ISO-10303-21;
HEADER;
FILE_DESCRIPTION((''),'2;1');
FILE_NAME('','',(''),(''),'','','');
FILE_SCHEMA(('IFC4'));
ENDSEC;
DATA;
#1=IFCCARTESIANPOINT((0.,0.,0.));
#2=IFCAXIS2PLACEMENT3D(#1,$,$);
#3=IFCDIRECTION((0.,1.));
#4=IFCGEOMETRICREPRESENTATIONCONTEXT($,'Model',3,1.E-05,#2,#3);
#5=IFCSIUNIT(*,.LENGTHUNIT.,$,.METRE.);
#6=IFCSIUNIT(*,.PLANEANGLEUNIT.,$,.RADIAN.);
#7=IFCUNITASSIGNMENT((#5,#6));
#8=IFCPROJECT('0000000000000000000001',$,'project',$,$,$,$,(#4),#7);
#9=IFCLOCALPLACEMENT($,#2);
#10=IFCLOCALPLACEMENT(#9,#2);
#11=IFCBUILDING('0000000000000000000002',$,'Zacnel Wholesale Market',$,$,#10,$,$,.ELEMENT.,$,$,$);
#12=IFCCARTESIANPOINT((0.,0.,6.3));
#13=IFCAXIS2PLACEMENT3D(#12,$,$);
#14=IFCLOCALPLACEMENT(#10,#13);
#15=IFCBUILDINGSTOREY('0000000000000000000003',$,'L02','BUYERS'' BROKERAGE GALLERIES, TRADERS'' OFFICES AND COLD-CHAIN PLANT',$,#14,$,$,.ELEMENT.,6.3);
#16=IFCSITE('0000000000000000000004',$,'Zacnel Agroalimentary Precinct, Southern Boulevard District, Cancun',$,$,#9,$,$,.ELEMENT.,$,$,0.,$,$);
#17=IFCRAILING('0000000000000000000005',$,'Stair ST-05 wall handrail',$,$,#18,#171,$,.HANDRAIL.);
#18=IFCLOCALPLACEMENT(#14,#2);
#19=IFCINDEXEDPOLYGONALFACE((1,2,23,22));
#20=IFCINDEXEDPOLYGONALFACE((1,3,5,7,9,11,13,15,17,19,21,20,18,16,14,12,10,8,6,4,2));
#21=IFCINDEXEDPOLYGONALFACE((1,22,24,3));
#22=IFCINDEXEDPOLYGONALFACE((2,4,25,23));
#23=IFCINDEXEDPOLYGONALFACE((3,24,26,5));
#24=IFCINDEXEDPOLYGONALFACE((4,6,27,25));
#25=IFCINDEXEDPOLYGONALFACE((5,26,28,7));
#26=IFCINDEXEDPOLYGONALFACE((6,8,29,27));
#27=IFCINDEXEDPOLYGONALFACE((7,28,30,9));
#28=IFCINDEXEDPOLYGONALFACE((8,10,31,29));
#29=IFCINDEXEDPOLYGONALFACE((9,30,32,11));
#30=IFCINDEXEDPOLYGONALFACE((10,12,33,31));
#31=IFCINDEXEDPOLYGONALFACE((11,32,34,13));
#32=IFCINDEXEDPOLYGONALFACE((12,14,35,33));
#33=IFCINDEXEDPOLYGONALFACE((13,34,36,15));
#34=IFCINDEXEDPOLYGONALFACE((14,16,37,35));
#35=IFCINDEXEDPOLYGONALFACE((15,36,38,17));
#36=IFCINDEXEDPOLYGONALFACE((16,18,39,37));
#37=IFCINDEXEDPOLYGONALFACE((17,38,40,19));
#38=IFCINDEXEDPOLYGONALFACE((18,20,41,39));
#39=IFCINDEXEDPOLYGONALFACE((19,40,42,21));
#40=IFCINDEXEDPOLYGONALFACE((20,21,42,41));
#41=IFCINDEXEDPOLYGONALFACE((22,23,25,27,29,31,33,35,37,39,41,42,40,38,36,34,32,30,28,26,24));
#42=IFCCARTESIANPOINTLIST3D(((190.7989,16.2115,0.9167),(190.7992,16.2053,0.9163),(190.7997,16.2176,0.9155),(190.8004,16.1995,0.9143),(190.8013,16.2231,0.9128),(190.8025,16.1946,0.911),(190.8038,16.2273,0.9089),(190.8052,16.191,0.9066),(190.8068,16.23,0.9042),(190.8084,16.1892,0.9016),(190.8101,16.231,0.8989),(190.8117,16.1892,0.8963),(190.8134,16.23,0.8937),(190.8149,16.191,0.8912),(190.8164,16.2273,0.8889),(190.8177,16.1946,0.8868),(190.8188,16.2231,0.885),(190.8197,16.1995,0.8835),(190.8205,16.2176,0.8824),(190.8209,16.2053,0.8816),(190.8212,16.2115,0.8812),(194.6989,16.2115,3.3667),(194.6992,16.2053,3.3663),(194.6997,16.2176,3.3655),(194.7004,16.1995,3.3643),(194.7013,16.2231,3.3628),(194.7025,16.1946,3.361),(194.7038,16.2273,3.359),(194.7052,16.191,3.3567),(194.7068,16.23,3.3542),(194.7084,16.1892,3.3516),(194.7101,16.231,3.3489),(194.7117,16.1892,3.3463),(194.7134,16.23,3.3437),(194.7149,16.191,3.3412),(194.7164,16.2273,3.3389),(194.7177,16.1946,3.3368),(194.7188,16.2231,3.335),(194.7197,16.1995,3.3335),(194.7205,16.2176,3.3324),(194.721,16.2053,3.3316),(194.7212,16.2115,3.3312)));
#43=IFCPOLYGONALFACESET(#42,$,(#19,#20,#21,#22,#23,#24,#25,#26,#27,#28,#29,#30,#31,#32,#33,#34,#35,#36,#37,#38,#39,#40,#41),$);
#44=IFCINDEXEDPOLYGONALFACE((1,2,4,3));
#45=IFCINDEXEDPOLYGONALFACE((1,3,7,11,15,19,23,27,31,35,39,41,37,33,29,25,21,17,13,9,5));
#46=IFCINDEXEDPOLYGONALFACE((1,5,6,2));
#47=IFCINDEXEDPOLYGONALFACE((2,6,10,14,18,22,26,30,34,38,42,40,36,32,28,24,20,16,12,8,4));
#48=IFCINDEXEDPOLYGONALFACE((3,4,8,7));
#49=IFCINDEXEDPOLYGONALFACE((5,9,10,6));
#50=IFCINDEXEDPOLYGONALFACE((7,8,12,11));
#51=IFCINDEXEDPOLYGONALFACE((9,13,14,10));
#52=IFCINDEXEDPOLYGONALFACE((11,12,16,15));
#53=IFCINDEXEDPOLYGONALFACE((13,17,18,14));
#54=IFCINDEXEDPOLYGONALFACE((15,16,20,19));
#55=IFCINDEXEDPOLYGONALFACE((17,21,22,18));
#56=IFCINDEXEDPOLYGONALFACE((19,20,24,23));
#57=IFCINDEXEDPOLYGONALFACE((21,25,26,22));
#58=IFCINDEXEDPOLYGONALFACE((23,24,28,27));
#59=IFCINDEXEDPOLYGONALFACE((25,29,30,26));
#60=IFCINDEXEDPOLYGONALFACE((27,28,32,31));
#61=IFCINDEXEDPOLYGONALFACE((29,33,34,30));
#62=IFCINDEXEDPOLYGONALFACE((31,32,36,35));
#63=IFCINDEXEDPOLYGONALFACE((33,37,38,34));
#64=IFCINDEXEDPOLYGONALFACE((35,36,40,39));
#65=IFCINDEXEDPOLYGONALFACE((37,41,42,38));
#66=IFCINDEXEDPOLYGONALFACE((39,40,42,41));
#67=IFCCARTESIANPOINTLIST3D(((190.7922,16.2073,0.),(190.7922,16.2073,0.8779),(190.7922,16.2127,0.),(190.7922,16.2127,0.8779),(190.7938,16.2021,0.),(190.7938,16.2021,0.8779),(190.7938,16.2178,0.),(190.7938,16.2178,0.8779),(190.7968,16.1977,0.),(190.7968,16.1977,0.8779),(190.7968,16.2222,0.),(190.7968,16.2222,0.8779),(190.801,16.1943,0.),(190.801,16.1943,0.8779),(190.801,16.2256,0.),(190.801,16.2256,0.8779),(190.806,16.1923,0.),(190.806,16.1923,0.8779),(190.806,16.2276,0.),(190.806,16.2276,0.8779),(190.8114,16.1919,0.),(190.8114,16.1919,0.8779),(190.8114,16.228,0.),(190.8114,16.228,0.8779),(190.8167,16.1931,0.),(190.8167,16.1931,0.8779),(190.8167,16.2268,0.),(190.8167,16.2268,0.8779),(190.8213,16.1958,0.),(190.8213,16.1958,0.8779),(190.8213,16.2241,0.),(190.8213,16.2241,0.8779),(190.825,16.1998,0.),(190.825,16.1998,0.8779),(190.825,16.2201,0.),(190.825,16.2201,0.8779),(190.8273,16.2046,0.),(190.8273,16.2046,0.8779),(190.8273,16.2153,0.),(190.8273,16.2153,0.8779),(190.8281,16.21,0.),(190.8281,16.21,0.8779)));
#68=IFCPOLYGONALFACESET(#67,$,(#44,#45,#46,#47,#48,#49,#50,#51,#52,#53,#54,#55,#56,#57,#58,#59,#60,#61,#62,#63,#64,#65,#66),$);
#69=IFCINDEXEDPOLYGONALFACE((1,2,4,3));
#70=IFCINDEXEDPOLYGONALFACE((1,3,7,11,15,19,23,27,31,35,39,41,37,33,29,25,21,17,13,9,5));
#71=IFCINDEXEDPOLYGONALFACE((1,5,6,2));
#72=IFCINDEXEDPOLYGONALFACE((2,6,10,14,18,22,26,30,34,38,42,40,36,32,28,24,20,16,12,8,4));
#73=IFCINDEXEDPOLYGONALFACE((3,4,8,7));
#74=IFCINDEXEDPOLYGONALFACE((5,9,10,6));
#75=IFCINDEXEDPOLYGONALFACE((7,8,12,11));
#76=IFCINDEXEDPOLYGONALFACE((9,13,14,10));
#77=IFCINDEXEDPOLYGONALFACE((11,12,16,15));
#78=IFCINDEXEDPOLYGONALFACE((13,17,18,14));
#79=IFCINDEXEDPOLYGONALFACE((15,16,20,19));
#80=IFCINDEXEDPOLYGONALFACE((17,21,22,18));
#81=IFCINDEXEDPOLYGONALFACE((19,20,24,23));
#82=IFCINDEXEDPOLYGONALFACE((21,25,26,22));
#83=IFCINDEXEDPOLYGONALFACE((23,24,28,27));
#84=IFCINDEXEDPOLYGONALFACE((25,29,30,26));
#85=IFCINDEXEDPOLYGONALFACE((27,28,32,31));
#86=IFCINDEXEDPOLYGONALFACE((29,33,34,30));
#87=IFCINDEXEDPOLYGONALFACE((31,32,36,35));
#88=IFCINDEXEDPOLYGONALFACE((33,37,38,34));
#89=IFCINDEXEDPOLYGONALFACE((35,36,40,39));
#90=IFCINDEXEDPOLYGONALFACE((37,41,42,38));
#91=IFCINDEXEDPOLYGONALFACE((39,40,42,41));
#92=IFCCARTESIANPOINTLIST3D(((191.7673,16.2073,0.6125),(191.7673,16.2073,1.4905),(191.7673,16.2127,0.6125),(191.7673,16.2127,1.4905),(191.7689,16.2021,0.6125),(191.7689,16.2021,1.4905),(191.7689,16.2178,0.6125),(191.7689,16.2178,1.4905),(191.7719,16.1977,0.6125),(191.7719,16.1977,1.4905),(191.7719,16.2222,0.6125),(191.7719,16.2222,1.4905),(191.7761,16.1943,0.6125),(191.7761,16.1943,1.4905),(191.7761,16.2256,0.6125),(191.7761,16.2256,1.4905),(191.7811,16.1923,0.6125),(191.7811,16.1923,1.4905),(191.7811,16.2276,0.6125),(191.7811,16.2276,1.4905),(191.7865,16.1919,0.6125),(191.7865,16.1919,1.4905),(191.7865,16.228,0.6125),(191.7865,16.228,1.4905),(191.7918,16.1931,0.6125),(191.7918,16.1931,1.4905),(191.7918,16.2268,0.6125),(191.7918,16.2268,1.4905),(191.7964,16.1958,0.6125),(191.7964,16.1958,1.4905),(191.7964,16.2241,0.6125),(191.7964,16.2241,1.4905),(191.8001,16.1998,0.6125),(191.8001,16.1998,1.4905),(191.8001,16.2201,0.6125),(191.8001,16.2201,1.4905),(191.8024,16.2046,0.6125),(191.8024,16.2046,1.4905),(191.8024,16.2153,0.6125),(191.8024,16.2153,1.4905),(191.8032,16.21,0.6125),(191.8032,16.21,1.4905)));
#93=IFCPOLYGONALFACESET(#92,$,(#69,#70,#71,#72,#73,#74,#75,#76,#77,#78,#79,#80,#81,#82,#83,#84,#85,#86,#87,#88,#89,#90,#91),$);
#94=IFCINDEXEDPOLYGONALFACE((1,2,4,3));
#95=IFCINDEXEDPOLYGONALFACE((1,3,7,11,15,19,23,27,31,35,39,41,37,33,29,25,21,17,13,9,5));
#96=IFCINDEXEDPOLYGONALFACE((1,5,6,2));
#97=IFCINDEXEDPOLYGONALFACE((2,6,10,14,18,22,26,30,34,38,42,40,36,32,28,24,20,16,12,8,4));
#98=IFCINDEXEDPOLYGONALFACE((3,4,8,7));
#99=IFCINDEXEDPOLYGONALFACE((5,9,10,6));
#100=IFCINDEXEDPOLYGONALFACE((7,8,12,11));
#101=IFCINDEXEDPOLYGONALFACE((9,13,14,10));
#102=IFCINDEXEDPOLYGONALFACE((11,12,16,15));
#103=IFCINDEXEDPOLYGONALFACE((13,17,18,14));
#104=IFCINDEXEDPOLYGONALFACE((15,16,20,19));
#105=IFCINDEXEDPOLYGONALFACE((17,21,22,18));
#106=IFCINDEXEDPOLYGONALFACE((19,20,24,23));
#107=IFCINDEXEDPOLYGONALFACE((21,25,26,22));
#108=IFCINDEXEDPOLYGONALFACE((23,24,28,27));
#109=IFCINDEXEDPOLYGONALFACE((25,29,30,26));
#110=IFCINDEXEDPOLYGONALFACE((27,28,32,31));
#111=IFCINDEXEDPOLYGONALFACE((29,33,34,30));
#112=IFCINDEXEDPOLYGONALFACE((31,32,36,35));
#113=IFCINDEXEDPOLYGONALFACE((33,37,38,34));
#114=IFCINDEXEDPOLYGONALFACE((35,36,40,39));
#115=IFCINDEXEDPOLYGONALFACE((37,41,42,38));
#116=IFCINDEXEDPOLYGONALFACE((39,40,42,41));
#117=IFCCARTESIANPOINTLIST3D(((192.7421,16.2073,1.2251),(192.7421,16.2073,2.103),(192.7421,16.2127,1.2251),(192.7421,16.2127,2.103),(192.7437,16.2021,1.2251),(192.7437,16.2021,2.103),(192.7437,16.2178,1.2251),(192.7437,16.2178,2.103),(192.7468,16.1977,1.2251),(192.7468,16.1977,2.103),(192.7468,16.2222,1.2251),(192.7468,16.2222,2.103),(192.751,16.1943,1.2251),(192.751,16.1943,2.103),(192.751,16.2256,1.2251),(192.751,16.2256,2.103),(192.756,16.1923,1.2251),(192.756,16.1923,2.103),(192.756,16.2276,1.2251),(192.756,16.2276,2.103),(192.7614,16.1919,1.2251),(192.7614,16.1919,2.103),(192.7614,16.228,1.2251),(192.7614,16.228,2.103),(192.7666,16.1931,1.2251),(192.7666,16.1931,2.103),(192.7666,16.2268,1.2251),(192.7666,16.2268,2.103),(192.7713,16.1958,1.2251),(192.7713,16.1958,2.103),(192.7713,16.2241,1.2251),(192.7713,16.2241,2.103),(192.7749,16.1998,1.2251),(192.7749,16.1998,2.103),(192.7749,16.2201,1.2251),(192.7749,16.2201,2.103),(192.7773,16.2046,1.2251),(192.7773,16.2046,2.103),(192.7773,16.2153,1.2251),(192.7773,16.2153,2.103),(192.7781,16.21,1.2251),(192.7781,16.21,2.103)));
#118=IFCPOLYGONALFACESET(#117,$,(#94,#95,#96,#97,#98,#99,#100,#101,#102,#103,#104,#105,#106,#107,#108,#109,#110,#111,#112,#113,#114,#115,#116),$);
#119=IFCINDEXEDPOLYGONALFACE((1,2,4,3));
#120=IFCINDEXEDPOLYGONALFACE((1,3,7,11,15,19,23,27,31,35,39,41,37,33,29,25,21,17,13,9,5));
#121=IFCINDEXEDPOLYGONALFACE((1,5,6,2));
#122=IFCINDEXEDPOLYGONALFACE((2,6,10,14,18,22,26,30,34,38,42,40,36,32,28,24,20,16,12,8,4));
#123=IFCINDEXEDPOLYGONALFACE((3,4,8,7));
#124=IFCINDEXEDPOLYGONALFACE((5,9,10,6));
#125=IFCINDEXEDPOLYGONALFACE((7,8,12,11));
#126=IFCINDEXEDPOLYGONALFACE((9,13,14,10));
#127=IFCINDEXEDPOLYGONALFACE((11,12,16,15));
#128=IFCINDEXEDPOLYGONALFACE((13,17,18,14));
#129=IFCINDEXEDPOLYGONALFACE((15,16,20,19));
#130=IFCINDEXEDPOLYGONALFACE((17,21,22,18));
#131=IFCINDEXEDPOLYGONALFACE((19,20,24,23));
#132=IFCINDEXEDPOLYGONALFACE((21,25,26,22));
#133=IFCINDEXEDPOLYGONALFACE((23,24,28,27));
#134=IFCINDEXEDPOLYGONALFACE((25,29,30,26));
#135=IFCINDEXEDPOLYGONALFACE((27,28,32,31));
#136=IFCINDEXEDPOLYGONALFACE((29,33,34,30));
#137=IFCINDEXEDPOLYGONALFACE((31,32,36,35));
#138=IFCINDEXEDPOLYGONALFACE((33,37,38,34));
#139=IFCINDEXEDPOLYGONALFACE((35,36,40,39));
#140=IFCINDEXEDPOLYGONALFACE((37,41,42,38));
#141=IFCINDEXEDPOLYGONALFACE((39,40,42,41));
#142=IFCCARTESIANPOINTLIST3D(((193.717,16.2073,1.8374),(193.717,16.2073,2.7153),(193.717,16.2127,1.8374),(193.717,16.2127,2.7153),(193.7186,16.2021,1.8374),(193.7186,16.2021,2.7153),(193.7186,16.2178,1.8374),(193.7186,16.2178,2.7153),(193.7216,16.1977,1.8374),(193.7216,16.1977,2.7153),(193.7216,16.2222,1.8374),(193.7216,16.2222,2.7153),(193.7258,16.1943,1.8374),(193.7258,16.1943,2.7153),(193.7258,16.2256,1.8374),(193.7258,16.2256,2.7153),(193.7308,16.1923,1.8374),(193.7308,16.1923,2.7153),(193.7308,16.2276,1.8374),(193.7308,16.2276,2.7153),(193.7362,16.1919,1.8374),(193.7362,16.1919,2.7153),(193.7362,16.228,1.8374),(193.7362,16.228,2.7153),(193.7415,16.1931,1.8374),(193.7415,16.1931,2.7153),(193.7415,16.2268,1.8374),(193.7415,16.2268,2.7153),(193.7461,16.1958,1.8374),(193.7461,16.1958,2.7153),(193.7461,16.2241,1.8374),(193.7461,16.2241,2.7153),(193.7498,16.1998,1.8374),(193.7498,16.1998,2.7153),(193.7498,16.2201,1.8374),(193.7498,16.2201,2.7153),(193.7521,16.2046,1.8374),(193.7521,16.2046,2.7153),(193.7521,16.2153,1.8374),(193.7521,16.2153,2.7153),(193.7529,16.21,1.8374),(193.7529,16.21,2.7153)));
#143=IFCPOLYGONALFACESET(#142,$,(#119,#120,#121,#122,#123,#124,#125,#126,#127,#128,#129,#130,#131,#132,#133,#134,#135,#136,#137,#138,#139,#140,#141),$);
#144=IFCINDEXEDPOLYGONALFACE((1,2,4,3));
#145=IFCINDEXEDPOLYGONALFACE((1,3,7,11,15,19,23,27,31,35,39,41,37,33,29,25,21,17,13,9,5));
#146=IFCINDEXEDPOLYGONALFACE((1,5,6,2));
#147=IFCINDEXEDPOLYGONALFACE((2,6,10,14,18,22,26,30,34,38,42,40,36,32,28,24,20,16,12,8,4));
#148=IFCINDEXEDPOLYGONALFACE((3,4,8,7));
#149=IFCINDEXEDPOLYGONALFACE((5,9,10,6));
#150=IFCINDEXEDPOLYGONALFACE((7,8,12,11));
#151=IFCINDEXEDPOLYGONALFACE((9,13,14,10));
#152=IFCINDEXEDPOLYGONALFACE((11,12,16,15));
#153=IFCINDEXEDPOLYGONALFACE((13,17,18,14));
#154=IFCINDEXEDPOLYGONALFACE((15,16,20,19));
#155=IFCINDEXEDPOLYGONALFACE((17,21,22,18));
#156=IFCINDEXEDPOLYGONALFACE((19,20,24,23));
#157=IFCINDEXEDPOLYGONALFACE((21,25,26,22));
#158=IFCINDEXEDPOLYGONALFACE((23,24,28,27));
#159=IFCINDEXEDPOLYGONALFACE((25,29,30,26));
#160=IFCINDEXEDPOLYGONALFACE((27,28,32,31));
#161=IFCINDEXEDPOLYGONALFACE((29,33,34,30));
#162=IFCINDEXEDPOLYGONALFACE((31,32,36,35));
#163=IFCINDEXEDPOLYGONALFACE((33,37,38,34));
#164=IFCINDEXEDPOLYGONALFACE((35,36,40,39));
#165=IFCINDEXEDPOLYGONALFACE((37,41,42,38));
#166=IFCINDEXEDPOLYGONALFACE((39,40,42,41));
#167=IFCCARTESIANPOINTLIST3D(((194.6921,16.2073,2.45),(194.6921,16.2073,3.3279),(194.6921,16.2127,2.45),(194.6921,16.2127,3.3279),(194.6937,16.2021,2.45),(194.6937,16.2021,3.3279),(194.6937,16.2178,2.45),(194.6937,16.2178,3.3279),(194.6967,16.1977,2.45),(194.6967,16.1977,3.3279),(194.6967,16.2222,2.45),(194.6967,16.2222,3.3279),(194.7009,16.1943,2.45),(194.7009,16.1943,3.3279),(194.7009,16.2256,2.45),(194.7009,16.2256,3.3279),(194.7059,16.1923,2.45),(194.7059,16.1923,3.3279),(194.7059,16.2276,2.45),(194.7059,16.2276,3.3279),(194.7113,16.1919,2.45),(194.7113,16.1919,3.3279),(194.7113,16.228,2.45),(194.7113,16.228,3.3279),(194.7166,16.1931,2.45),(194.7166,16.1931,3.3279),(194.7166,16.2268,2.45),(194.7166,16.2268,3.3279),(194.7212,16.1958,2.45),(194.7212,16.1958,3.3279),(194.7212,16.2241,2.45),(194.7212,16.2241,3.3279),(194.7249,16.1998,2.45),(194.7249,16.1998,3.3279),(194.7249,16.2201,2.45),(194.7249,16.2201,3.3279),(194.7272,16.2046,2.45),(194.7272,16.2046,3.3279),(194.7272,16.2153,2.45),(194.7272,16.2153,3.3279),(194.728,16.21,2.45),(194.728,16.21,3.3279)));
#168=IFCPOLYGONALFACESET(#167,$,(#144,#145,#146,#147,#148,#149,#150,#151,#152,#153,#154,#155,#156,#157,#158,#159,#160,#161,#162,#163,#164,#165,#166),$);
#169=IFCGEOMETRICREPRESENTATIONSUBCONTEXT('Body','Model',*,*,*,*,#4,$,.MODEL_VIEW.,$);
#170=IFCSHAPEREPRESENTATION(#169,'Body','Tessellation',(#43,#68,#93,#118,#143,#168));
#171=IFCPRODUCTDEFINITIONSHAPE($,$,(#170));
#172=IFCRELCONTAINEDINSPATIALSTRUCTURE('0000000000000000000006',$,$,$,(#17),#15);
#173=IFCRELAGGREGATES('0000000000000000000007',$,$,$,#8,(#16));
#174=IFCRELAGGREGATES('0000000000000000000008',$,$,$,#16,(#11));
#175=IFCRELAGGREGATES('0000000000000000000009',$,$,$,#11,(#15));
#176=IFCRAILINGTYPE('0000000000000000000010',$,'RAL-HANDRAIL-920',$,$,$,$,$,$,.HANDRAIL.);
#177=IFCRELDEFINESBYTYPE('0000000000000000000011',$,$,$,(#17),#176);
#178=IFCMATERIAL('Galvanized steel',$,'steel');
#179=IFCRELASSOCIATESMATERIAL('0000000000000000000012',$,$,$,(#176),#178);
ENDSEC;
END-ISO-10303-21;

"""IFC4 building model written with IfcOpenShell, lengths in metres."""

from ifc_helpers import new_model, si_unit, direction, frame, origin, origin_2d, place, context, subcontext, project, spatial, circle, extrude, material, type_object, element, save


model = new_model("IFC4")

# Units and contexts
model_context = context("Model", 3, precision=1e-05, world=origin(), true_north=direction((0.0, 1.0)))
body_context = subcontext(model_context, "Body", "Model", "MODEL_VIEW")
ifc_project = project(units=[si_unit("LENGTHUNIT", "METRE"), si_unit("PLANEANGLEUNIT", "RADIAN")], contexts=[model_context])

# Site, building, storey
site_placement = place(None, origin())
site = spatial("IfcSite", under=ifc_project, at=site_placement, Name="Zacnel Agroalimentary Precinct, Southern Boulevard District, Cancun", CompositionType="ELEMENT", RefElevation=0.0)
building_placement = place(site_placement, origin())
building = spatial("IfcBuilding", under=site, at=building_placement, Name="Zacnel Wholesale Market", CompositionType="ELEMENT")
storey_placement = place(building_placement, frame((0.0, 0.0, 6.3)))
storey = spatial("IfcBuildingStorey", under=building, at=storey_placement, Name="L02", Description="BUYERS' BROKERAGE GALLERIES, TRADERS' OFFICES AND COLD-CHAIN PLANT", CompositionType="ELEMENT", Elevation=6.3)

# Railing
ifc_material_1 = material(Name="Galvanized steel", Category="steel")
railing_type_1 = type_object("IfcRailingType", Name="RAL-HANDRAIL-920", PredefinedType="HANDRAIL", material=ifc_material_1)
railing_1_placement = place(storey_placement, frame((190.8101, 16.21, 0.0)))
element("IfcRailing", 1, at=railing_1_placement, inside=storey, type_object=railing_type_1, Name="Stair ST-05 wall handrail", PredefinedType="HANDRAIL", context=body_context, shape_type="SweptSolid", body=[
    extrude(circle(Radius=0.021, at=origin_2d()), frame((0.0, 0.0, 0.8989), z_axis=(0.846775, 0.0, 0.531951), x_axis=(0.0, 1.0, 0.0)), (0.0, 0.0, 1.0), 4.6057),
    extrude(circle(Radius=0.0181, at=origin_2d()), origin(), (0.0, 0.0, 1.0), 0.8779),
    extrude(circle(Radius=0.0181, at=origin_2d()), frame((0.9751, 0.0, 0.6125)), (0.0, 0.0, 1.0), 0.8779),
    extrude(circle(Radius=0.0181, at=origin_2d()), frame((1.95, 0.0, 1.2251)), (0.0, 0.0, 1.0), 0.8779),
    extrude(circle(Radius=0.0181, at=origin_2d()), frame((2.9248, 0.0, 1.8374)), (0.0, 0.0, 1.0), 0.8779),
    extrude(circle(Radius=0.0181, at=origin_2d()), frame((3.8999, 0.0, 2.45)), (0.0, 0.0, 1.0), 0.8779),
])

save(model, "model.ifc")
